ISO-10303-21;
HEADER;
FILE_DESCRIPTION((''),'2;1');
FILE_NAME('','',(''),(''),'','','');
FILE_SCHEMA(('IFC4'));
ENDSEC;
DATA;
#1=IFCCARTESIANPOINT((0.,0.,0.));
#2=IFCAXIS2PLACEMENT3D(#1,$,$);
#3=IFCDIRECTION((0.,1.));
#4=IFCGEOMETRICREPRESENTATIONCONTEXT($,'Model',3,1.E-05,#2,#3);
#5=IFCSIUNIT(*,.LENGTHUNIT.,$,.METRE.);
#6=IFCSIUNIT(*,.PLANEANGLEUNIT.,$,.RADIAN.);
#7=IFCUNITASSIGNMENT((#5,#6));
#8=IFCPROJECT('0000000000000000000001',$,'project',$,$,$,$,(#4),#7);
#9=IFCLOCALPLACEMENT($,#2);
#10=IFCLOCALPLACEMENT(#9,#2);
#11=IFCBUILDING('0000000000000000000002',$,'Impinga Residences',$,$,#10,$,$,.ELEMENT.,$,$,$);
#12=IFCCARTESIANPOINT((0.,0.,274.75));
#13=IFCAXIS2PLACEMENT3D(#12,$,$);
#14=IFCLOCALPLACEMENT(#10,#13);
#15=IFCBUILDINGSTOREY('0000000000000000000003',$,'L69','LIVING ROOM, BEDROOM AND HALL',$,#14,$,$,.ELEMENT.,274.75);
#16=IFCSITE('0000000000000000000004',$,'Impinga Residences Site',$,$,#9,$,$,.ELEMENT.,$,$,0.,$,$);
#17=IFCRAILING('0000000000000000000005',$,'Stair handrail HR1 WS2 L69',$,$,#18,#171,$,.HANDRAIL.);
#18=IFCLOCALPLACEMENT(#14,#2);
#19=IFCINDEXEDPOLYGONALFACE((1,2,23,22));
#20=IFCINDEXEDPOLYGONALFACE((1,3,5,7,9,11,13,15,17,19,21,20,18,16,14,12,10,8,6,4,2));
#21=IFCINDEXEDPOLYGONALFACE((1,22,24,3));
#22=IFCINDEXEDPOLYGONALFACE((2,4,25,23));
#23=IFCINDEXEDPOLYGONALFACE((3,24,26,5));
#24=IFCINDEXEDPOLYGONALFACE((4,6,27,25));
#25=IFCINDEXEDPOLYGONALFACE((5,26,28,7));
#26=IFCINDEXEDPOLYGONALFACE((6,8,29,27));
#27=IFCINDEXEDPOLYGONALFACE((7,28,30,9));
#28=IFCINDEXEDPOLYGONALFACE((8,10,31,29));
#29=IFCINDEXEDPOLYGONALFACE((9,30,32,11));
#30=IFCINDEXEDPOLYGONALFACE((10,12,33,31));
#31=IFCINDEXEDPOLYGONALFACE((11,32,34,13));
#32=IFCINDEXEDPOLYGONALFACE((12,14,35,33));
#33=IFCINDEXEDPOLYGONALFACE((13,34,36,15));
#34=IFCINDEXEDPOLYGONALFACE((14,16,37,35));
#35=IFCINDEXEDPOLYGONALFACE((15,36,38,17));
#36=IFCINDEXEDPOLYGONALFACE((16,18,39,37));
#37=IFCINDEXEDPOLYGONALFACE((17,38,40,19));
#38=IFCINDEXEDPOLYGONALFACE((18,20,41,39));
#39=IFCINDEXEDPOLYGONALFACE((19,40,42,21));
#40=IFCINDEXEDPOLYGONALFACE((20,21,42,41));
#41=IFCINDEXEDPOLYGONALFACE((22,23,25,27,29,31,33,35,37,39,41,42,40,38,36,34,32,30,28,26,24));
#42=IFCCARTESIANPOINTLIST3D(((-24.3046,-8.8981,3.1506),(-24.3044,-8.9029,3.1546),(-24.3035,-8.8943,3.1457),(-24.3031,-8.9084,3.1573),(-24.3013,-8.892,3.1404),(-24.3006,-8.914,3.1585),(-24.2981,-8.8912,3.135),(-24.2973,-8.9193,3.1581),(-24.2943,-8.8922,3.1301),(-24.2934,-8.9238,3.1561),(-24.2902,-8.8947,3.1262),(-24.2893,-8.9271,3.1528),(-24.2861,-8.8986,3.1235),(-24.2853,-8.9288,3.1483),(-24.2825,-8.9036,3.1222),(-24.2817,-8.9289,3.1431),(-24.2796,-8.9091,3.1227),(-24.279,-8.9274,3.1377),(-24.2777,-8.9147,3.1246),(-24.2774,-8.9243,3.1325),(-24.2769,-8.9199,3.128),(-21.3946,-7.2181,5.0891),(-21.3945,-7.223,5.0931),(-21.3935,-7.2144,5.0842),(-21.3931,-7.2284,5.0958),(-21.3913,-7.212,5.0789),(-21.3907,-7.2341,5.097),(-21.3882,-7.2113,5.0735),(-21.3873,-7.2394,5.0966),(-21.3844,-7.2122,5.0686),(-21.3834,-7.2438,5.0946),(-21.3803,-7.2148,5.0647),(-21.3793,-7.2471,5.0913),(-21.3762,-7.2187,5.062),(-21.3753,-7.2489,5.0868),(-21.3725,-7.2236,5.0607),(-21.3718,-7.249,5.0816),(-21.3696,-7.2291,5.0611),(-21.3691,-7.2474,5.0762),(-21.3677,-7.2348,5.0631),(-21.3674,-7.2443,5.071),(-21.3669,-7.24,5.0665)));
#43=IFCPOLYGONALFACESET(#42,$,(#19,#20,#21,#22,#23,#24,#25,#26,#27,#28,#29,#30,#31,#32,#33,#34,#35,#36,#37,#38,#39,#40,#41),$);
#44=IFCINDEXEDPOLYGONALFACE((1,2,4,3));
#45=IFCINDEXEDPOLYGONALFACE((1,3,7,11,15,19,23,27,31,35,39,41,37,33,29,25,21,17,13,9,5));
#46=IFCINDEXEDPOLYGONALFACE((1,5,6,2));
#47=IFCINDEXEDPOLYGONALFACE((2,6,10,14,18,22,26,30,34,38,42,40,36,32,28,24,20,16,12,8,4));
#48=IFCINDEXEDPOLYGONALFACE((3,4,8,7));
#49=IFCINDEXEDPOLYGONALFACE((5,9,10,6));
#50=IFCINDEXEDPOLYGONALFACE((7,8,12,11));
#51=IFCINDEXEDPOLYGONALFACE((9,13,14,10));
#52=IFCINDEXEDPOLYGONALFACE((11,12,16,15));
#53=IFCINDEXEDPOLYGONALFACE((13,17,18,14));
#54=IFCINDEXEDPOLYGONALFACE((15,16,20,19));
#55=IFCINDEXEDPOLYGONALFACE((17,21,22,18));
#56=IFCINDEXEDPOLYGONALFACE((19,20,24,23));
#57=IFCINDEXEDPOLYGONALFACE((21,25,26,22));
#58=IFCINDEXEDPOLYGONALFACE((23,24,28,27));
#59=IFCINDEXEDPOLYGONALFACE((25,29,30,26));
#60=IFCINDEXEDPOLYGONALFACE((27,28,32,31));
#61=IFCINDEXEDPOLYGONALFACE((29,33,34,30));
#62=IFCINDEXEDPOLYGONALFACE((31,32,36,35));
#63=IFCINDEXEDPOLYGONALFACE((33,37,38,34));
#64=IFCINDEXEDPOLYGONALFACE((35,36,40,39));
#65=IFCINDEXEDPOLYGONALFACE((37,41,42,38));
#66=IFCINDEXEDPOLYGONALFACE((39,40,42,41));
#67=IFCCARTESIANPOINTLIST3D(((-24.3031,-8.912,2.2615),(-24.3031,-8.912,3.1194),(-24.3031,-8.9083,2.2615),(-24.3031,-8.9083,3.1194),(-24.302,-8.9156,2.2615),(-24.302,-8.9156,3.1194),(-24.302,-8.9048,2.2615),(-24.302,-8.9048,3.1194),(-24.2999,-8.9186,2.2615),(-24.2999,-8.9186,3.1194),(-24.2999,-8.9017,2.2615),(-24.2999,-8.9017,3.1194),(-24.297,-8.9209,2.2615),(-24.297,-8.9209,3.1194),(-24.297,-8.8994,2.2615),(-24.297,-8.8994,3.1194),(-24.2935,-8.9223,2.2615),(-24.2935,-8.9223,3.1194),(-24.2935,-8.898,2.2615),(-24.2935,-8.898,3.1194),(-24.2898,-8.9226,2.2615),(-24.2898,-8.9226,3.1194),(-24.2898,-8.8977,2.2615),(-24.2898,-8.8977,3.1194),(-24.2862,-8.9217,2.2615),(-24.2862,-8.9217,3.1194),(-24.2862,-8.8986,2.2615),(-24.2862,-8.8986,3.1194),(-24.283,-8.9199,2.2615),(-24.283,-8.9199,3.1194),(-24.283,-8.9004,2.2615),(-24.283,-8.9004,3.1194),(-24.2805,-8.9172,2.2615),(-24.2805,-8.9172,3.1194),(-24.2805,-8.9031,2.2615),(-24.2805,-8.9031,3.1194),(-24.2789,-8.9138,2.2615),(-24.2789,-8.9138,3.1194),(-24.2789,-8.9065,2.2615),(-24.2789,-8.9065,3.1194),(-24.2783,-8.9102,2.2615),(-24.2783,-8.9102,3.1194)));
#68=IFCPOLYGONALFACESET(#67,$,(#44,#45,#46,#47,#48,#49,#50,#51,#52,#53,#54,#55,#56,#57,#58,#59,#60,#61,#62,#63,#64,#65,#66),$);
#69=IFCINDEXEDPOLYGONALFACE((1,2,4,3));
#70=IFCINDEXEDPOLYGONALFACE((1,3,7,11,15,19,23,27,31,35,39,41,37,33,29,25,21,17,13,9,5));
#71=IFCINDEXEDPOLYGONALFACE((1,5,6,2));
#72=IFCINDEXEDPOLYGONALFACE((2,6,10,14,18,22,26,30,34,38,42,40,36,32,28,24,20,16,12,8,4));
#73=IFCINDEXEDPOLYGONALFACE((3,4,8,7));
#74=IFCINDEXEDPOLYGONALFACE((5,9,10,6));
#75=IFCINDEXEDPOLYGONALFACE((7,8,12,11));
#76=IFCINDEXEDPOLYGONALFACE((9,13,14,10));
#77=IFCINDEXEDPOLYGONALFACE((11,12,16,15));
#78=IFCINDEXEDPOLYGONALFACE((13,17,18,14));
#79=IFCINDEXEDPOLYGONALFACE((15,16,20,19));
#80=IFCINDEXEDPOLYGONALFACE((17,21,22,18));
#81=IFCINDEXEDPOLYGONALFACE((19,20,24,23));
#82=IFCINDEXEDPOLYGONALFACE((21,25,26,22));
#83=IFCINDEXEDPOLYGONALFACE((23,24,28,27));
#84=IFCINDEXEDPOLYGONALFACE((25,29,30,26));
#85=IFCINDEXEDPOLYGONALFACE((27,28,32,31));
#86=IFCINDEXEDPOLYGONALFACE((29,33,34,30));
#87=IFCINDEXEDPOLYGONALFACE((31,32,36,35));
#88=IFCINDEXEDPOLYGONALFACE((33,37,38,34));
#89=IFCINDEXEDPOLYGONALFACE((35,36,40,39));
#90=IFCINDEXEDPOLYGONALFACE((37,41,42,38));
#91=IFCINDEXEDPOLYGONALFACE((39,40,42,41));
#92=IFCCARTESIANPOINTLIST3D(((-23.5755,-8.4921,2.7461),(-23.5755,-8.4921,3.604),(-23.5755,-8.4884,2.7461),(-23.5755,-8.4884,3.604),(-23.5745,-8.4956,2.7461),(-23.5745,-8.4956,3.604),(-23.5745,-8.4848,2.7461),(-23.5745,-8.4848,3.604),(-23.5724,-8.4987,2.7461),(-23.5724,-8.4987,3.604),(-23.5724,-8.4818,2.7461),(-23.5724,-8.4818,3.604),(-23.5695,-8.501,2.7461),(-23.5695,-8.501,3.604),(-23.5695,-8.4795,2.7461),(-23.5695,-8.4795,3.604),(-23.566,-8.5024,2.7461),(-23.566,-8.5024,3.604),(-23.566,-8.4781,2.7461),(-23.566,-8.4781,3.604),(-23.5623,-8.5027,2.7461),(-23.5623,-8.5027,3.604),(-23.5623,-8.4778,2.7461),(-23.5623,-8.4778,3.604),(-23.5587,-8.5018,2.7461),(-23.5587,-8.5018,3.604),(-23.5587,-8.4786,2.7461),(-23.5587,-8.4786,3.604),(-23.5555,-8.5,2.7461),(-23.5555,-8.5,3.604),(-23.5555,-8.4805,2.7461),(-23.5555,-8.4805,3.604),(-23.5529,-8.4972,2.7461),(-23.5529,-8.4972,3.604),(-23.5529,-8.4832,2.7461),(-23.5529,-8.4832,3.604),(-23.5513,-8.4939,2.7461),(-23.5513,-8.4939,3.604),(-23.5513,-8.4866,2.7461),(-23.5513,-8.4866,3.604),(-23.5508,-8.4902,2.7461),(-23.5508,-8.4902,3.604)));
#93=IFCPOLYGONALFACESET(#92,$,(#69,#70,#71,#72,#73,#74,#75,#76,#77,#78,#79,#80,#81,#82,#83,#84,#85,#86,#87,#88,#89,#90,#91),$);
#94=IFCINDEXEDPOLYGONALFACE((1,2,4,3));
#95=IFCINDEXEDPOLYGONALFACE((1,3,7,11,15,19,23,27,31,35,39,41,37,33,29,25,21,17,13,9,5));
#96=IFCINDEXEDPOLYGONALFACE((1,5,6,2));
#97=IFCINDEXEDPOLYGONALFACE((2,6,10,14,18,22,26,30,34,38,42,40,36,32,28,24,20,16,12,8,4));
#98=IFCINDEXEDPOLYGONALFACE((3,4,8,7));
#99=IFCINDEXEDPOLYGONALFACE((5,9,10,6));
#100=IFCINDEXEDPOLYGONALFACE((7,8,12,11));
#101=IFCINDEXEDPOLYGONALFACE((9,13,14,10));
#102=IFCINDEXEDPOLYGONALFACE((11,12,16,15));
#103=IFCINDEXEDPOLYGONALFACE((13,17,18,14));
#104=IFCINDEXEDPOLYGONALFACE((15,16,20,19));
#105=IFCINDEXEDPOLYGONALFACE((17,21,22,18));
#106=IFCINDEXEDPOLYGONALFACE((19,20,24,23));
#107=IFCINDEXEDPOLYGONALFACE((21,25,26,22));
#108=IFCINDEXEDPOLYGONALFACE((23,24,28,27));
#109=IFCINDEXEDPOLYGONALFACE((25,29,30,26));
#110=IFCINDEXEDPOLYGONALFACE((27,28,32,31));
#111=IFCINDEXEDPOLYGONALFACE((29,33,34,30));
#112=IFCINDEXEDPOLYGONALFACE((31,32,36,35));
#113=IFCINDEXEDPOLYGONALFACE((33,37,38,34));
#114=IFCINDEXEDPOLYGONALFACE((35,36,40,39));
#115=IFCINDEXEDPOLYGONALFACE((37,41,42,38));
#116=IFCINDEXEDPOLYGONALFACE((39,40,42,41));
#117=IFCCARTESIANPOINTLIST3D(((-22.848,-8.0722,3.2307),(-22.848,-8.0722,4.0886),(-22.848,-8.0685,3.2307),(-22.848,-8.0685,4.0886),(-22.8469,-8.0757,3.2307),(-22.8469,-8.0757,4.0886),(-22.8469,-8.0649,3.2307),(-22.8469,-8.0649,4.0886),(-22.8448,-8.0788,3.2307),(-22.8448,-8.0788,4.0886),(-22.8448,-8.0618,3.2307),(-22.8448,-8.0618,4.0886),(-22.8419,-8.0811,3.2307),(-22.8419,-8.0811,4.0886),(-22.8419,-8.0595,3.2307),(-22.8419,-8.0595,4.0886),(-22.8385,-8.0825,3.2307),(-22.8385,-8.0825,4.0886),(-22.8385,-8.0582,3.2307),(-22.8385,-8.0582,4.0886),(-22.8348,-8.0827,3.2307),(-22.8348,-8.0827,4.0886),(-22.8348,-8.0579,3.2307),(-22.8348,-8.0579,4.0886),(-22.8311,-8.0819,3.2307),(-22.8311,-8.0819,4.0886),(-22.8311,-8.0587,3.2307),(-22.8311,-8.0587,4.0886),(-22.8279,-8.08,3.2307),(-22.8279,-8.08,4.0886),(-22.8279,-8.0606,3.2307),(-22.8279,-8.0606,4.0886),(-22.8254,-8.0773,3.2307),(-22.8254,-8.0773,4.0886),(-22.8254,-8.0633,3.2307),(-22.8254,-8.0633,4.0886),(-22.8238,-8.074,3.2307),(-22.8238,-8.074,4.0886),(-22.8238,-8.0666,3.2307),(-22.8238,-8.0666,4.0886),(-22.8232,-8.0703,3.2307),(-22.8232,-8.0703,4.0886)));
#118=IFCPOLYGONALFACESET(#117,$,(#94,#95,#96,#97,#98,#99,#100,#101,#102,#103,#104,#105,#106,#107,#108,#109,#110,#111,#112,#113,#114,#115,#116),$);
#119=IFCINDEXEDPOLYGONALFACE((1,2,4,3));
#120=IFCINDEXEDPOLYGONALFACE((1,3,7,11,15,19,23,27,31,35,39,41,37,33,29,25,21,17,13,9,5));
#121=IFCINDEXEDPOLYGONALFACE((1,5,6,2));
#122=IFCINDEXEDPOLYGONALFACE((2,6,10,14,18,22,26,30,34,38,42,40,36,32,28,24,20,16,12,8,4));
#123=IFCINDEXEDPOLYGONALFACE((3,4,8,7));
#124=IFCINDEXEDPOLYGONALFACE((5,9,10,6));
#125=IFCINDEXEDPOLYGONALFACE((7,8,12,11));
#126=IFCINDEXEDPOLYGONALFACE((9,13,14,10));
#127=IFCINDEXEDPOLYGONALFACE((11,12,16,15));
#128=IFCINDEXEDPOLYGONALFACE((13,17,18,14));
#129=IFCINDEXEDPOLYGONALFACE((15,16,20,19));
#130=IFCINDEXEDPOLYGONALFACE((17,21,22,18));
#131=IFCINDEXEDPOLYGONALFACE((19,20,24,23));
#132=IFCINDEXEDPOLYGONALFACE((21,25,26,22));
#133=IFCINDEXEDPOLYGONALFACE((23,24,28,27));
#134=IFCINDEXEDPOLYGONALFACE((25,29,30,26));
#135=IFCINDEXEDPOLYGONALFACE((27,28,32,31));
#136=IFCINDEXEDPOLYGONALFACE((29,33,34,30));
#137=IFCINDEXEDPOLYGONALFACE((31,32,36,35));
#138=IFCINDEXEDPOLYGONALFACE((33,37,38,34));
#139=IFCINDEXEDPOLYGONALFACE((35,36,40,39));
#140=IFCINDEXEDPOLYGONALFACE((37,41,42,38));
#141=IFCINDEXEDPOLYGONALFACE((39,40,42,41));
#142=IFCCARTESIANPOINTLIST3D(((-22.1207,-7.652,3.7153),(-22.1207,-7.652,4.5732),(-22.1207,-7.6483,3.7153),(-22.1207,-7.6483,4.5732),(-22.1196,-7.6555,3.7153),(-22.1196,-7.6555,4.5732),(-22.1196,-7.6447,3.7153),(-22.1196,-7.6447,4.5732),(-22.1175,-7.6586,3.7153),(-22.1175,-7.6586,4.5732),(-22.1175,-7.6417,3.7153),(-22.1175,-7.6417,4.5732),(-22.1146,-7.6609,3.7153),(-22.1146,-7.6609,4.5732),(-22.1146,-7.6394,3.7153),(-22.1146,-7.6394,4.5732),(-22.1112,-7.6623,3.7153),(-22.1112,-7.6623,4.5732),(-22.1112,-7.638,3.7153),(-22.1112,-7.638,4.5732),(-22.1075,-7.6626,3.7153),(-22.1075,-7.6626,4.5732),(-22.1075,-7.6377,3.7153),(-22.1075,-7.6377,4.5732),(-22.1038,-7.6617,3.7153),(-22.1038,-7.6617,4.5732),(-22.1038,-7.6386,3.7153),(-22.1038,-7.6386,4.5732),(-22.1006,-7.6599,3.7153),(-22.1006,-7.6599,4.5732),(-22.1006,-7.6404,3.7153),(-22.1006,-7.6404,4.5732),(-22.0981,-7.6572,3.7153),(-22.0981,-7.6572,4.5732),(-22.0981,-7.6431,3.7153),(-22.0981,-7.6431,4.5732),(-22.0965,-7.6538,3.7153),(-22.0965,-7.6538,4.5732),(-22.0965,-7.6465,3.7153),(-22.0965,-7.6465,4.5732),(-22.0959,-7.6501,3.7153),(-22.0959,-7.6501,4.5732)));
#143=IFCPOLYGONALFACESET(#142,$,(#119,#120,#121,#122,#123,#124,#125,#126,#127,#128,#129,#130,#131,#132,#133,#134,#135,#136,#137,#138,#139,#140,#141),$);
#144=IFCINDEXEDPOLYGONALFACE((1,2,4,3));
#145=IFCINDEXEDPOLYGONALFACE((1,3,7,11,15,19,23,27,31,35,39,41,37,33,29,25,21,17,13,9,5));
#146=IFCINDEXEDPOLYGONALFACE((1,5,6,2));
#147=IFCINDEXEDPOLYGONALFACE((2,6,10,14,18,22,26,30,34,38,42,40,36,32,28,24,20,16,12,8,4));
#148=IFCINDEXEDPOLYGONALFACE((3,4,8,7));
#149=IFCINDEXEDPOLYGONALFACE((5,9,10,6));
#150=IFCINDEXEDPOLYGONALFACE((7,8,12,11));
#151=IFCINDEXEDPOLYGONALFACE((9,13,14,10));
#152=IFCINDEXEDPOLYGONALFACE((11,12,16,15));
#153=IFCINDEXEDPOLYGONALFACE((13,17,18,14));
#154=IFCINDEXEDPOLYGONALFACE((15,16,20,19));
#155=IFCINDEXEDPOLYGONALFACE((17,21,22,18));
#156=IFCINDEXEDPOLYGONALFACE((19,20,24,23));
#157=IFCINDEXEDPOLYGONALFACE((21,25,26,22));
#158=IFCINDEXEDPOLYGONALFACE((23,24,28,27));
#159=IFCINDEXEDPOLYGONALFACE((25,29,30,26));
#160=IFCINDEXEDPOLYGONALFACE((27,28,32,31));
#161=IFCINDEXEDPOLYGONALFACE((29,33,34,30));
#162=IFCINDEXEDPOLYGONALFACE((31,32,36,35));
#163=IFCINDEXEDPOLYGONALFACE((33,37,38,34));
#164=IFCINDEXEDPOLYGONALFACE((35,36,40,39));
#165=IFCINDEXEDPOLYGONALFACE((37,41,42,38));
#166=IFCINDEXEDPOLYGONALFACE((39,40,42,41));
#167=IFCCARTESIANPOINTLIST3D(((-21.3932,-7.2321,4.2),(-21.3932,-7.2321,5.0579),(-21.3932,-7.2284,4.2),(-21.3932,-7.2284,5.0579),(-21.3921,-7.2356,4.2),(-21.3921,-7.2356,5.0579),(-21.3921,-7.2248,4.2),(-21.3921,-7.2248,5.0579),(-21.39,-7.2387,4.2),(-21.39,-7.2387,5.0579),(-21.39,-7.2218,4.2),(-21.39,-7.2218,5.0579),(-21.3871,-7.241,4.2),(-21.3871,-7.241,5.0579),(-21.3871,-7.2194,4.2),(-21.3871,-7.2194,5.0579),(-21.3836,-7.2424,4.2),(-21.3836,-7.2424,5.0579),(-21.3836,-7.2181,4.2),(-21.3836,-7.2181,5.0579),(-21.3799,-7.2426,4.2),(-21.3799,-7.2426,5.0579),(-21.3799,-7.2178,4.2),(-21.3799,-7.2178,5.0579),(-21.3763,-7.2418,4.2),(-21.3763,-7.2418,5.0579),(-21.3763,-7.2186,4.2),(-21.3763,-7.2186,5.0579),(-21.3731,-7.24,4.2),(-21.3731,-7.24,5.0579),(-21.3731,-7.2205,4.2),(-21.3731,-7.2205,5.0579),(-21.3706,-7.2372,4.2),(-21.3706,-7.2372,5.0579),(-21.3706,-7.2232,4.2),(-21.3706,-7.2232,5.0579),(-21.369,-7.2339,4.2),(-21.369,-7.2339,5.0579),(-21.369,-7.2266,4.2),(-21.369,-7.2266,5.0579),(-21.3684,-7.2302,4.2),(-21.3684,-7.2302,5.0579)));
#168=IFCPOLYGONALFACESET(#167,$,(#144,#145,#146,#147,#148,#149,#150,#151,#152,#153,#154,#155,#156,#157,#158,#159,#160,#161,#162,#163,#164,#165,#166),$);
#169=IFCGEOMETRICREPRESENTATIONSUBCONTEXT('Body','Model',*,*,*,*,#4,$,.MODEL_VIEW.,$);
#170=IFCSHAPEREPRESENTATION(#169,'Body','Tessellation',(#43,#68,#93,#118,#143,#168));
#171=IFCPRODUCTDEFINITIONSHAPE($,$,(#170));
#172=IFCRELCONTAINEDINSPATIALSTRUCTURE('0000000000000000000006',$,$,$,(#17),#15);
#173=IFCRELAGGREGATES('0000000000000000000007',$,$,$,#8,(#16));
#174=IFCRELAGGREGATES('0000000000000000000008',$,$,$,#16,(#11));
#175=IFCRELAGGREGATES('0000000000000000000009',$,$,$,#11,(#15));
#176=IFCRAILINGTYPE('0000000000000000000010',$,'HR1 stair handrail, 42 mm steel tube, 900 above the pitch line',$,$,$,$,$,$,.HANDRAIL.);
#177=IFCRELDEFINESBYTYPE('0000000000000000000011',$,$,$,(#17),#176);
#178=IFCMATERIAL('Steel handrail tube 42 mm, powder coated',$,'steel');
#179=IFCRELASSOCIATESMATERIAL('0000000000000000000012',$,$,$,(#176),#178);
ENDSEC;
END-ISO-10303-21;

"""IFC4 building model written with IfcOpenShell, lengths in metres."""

from ifc_helpers import new_model, si_unit, direction, frame, origin, origin_2d, place, context, subcontext, project, spatial, circle, extrude, material, type_object, element, save


model = new_model("IFC4")

# Units and contexts
model_context = context("Model", 3, precision=1e-05, world=origin(), true_north=direction((0.0, 1.0)))
body_context = subcontext(model_context, "Body", "Model", "MODEL_VIEW")
ifc_project = project(units=[si_unit("LENGTHUNIT", "METRE"), si_unit("PLANEANGLEUNIT", "RADIAN")], contexts=[model_context])

# Site, building, storey
site_placement = place(None, origin())
site = spatial("IfcSite", under=ifc_project, at=site_placement, Name="Impinga Residences Site", CompositionType="ELEMENT", RefElevation=0.0)
building_placement = place(site_placement, origin())
building = spatial("IfcBuilding", under=site, at=building_placement, Name="Impinga Residences", CompositionType="ELEMENT")
storey_placement = place(building_placement, frame((0.0, 0.0, 274.75)))
storey = spatial("IfcBuildingStorey", under=building, at=storey_placement, Name="L69", Description="LIVING ROOM, BEDROOM AND HALL", CompositionType="ELEMENT", Elevation=274.75)

# Railing
ifc_material_1 = material(Name="Steel handrail tube 42 mm, powder coated", Category="steel")
railing_type_1 = type_object("IfcRailingType", Name="HR1 stair handrail, 42 mm steel tube, 900 above the pitch line", PredefinedType="HANDRAIL", material=ifc_material_1)
railing_1_placement = place(storey_placement, frame((-24.2908, -8.9102, 2.2615)))
element("IfcRailing", 1, at=railing_1_placement, inside=storey, type_object=railing_type_1, Name="Stair handrail HR1 WS2 L69", PredefinedType="HANDRAIL", context=body_context, shape_type="SweptSolid", body=[
    extrude(circle(Radius=0.021, at=origin_2d()), frame((0.0, 0.0, 0.8789), z_axis=(0.750151, 0.433072, 0.499723), x_axis=(-0.499976, 0.866039, 0.0)), (0.0, 0.0, 1.0), 3.8792),
    extrude(circle(Radius=0.0125, at=origin_2d()), origin(), (0.0, 0.0, 1.0), 0.8579),
    extrude(circle(Radius=0.0125, at=origin_2d()), frame((0.7275, 0.4199, 0.4846)), (0.0, 0.0, 1.0), 0.8579),
    extrude(circle(Radius=0.0125, at=origin_2d()), frame((1.4551, 0.8398, 0.9692)), (0.0, 0.0, 1.0), 0.8579),
    extrude(circle(Radius=0.0125, at=origin_2d()), frame((2.1824, 1.26, 1.4539)), (0.0, 0.0, 1.0), 0.8579),
    extrude(circle(Radius=0.0125, at=origin_2d()), frame((2.9099, 1.6799, 1.9385)), (0.0, 0.0, 1.0), 0.8579),
])

save(model, "model.ifc")
